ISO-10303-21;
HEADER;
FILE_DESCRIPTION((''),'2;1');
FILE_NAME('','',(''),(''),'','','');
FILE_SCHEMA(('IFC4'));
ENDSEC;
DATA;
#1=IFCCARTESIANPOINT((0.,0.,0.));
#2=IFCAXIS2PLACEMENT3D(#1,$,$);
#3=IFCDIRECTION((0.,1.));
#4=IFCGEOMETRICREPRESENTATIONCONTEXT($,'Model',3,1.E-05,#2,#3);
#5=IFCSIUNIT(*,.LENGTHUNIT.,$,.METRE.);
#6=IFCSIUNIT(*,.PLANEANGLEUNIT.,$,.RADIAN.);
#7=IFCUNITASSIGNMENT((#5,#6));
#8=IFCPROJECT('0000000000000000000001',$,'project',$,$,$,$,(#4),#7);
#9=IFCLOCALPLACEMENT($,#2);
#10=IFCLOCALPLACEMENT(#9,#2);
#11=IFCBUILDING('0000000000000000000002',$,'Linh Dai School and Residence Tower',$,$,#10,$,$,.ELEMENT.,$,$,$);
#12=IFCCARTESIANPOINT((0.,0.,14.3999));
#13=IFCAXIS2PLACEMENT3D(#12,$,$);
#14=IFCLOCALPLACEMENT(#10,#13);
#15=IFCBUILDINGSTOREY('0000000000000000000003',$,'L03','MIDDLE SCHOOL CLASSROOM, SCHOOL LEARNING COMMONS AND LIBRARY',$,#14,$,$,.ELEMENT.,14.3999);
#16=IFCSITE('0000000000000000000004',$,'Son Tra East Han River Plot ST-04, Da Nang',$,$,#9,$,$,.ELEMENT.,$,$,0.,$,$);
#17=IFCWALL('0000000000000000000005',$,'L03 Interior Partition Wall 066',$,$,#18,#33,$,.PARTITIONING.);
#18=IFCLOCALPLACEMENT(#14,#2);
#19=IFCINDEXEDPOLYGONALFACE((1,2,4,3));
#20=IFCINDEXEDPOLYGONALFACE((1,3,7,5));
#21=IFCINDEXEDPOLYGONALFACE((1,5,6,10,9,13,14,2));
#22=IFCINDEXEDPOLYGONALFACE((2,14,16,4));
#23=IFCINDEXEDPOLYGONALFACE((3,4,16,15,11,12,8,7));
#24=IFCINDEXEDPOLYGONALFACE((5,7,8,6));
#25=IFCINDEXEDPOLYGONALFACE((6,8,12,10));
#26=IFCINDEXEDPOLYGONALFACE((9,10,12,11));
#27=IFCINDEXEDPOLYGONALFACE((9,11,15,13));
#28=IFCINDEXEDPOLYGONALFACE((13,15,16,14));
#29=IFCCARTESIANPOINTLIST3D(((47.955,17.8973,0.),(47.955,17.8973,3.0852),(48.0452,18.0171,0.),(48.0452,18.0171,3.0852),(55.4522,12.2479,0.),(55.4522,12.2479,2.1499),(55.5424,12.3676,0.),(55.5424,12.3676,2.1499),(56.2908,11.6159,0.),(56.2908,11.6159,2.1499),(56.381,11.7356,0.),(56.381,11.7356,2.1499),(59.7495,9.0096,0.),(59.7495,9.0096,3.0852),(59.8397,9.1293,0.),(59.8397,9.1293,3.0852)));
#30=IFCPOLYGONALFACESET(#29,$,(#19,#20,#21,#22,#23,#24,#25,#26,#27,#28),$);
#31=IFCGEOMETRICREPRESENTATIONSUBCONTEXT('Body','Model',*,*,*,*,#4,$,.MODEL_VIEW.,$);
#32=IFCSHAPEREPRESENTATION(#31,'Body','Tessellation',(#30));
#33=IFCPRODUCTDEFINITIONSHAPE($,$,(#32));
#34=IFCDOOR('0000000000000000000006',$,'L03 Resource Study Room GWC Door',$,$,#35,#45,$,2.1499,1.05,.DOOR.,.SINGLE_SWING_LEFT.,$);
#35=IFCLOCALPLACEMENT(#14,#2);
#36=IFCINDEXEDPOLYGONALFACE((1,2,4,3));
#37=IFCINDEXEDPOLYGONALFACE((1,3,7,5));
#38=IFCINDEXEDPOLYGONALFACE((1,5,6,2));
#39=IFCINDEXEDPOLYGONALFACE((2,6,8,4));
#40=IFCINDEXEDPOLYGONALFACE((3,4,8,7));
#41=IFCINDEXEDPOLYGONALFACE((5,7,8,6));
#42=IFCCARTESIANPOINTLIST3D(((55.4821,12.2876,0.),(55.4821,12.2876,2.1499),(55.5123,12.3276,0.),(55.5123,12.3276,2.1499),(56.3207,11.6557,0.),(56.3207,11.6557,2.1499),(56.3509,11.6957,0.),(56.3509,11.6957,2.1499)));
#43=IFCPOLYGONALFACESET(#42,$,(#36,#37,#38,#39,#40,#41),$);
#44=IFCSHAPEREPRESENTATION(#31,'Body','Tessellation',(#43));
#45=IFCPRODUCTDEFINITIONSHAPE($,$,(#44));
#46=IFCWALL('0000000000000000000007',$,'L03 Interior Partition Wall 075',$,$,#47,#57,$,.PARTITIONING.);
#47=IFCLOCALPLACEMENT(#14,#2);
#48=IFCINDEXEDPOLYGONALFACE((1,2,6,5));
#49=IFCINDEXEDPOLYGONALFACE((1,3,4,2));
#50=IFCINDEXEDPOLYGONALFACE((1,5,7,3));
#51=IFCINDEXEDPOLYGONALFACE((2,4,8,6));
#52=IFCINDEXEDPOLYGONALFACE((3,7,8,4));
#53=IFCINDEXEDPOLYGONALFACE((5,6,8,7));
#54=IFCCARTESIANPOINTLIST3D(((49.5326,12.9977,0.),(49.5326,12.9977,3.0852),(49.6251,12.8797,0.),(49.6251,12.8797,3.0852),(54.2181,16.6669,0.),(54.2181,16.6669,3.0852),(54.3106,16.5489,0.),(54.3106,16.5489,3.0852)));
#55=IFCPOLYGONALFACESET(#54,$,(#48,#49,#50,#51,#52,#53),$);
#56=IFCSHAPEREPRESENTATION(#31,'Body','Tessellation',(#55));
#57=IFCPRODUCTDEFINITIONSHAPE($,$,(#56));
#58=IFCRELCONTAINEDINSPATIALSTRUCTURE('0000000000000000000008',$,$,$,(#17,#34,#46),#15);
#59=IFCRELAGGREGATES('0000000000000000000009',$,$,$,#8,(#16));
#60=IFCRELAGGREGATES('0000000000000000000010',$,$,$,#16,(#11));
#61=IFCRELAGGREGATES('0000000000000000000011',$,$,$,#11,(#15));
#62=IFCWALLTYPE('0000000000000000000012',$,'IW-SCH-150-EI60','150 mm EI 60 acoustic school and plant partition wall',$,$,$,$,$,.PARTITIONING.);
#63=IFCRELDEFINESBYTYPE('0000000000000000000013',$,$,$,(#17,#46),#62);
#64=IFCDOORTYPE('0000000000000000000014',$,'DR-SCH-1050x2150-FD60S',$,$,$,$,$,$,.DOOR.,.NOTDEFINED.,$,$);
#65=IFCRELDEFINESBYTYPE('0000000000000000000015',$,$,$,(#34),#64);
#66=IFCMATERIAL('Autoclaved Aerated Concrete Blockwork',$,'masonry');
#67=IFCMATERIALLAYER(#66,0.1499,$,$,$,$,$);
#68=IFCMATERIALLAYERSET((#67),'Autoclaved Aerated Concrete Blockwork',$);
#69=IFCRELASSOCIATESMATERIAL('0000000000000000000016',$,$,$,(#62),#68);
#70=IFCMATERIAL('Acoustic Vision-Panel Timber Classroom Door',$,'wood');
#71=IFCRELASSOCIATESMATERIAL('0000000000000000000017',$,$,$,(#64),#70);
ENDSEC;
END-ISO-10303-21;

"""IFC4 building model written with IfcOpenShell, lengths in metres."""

from ifc_helpers import new_model, si_unit, direction, frame, frame_2d, origin, origin_2d, place, context, subcontext, project, spatial, rectangle, extrude, source, transform, mapped, material, layer, layer_set, type_object, element, fill, save


model = new_model("IFC4")

# Units and contexts
model_context = context("Model", 3, precision=1e-05, world=origin(), true_north=direction((0.0, 1.0)))
body_context = subcontext(model_context, "Body", "Model", "MODEL_VIEW")
ifc_project = project(units=[si_unit("LENGTHUNIT", "METRE"), si_unit("PLANEANGLEUNIT", "RADIAN")], contexts=[model_context])

# Site, building, storey
site_placement = place(None, origin())
site = spatial("IfcSite", under=ifc_project, at=site_placement, Name="Son Tra East Han River Plot ST-04, Da Nang", CompositionType="ELEMENT", RefElevation=0.0)
building_placement = place(site_placement, origin())
building = spatial("IfcBuilding", under=site, at=building_placement, Name="Linh Dai School and Residence Tower", CompositionType="ELEMENT")
storey_placement = place(building_placement, frame((0.0, 0.0, 14.3999)))
storey = spatial("IfcBuildingStorey", under=building, at=storey_placement, Name="L03", Description="MIDDLE SCHOOL CLASSROOM, SCHOOL LEARNING COMMONS AND LIBRARY", CompositionType="ELEMENT", Elevation=14.3999)

# Shared definitions
ifc_material_1 = material(Name="Autoclaved Aerated Concrete Blockwork", Category="masonry")

# Wall, opening, door
ifc_layer_1 = layer(ifc_material_1, 0.1499)
ifc_layer_set_1 = layer_set([ifc_layer_1], Name="Autoclaved Aerated Concrete Blockwork")
wall_type_1 = type_object("IfcWallType", Name="IW-SCH-150-EI60", Description="150 mm EI 60 acoustic school and plant partition wall", PredefinedType="PARTITIONING", material=ifc_layer_set_1)
ifc_material_2 = material(Name="Acoustic Vision-Panel Timber Classroom Door", Category="wood")
door_type_1 = type_object("IfcDoorType", Name="DR-SCH-1050x2150-FD60S", OperationType="NOTDEFINED", PredefinedType="DOOR", material=ifc_material_2)
shared_shape_1 = source(origin(), body_context, "Body", "SweptSolid", [
    extrude(rectangle(XDim=1.05, YDim=2.1499, at=origin_2d()), frame((0.5249, 0.0249, 1.075), z_axis=(0.0, -1.0, 0.0), x_axis=(1.0, 0.0, 0.0)), (0.0, 0.0, 1.0), 0.05),
])
wall_1_placement = place(storey_placement, frame((48.0, 17.9573, 0.0), z_axis=(0.0, 0.0, 1.0), x_axis=(0.798637, -0.601813, 0.0)))
wall_1 = element("IfcWall", 1, at=wall_1_placement, inside=storey, type_object=wall_type_1, Name="L03 Interior Partition Wall 066", PredefinedType="PARTITIONING", context=body_context, shape_type="SweptSolid", body=[
    extrude(rectangle(XDim=14.7683, YDim=0.1499, at=frame_2d((7.3843, 0.0))), origin(), (0.0, 0.0, 1.0), 3.0852),
])
opening_1_placement = place(wall_1_placement, frame((9.3877, 0.0, 0.0)))
opening_1 = element("IfcOpeningElement", 2, at=opening_1_placement, cuts=wall_1, PredefinedType="OPENING", context=body_context, shape_type="SweptSolid", body=[
    extrude(rectangle(XDim=1.05, YDim=2.1499, at=origin_2d()), frame((0.5249, 0.085, 1.075), z_axis=(0.0, -1.0, 0.0), x_axis=(1.0, 0.0, 0.0)), (0.0, 0.0, 1.0), 0.1699),
])
door_1_placement = place(opening_1_placement, origin())
door_1 = element("IfcDoor", 3, at=door_1_placement, inside=storey, type_object=door_type_1, Name="L03 Resource Study Room GWC Door", OperationType="SINGLE_SWING_LEFT", OverallHeight=2.1499, OverallWidth=1.05, PredefinedType="DOOR", context=body_context, shape_type="MappedRepresentation", body=[
    mapped(shared_shape_1, transform((0.0, 0.0, 0.0), x_axis=(1.0, 0.0, 0.0), y_axis=(0.0, 1.0, 0.0), z_axis=(0.0, 0.0, 1.0), scale=1.0)),
])
fill(opening_1, door_1)

# Wall
wall_2_placement = place(storey_placement, frame((49.5789, 12.9387, 0.0), z_axis=(0.0, 0.0, 1.0), x_axis=(0.787322, 0.616542, 0.0)))
element("IfcWall", 4, at=wall_2_placement, inside=storey, type_object=wall_type_1, Name="L03 Interior Partition Wall 075", PredefinedType="PARTITIONING", context=body_context, shape_type="SweptSolid", body=[
    extrude(rectangle(XDim=5.9512, YDim=0.1499, at=frame_2d((2.9756, 0.0))), origin(), (0.0, 0.0, 1.0), 3.0852),
])

save(model, "model.ifc")
